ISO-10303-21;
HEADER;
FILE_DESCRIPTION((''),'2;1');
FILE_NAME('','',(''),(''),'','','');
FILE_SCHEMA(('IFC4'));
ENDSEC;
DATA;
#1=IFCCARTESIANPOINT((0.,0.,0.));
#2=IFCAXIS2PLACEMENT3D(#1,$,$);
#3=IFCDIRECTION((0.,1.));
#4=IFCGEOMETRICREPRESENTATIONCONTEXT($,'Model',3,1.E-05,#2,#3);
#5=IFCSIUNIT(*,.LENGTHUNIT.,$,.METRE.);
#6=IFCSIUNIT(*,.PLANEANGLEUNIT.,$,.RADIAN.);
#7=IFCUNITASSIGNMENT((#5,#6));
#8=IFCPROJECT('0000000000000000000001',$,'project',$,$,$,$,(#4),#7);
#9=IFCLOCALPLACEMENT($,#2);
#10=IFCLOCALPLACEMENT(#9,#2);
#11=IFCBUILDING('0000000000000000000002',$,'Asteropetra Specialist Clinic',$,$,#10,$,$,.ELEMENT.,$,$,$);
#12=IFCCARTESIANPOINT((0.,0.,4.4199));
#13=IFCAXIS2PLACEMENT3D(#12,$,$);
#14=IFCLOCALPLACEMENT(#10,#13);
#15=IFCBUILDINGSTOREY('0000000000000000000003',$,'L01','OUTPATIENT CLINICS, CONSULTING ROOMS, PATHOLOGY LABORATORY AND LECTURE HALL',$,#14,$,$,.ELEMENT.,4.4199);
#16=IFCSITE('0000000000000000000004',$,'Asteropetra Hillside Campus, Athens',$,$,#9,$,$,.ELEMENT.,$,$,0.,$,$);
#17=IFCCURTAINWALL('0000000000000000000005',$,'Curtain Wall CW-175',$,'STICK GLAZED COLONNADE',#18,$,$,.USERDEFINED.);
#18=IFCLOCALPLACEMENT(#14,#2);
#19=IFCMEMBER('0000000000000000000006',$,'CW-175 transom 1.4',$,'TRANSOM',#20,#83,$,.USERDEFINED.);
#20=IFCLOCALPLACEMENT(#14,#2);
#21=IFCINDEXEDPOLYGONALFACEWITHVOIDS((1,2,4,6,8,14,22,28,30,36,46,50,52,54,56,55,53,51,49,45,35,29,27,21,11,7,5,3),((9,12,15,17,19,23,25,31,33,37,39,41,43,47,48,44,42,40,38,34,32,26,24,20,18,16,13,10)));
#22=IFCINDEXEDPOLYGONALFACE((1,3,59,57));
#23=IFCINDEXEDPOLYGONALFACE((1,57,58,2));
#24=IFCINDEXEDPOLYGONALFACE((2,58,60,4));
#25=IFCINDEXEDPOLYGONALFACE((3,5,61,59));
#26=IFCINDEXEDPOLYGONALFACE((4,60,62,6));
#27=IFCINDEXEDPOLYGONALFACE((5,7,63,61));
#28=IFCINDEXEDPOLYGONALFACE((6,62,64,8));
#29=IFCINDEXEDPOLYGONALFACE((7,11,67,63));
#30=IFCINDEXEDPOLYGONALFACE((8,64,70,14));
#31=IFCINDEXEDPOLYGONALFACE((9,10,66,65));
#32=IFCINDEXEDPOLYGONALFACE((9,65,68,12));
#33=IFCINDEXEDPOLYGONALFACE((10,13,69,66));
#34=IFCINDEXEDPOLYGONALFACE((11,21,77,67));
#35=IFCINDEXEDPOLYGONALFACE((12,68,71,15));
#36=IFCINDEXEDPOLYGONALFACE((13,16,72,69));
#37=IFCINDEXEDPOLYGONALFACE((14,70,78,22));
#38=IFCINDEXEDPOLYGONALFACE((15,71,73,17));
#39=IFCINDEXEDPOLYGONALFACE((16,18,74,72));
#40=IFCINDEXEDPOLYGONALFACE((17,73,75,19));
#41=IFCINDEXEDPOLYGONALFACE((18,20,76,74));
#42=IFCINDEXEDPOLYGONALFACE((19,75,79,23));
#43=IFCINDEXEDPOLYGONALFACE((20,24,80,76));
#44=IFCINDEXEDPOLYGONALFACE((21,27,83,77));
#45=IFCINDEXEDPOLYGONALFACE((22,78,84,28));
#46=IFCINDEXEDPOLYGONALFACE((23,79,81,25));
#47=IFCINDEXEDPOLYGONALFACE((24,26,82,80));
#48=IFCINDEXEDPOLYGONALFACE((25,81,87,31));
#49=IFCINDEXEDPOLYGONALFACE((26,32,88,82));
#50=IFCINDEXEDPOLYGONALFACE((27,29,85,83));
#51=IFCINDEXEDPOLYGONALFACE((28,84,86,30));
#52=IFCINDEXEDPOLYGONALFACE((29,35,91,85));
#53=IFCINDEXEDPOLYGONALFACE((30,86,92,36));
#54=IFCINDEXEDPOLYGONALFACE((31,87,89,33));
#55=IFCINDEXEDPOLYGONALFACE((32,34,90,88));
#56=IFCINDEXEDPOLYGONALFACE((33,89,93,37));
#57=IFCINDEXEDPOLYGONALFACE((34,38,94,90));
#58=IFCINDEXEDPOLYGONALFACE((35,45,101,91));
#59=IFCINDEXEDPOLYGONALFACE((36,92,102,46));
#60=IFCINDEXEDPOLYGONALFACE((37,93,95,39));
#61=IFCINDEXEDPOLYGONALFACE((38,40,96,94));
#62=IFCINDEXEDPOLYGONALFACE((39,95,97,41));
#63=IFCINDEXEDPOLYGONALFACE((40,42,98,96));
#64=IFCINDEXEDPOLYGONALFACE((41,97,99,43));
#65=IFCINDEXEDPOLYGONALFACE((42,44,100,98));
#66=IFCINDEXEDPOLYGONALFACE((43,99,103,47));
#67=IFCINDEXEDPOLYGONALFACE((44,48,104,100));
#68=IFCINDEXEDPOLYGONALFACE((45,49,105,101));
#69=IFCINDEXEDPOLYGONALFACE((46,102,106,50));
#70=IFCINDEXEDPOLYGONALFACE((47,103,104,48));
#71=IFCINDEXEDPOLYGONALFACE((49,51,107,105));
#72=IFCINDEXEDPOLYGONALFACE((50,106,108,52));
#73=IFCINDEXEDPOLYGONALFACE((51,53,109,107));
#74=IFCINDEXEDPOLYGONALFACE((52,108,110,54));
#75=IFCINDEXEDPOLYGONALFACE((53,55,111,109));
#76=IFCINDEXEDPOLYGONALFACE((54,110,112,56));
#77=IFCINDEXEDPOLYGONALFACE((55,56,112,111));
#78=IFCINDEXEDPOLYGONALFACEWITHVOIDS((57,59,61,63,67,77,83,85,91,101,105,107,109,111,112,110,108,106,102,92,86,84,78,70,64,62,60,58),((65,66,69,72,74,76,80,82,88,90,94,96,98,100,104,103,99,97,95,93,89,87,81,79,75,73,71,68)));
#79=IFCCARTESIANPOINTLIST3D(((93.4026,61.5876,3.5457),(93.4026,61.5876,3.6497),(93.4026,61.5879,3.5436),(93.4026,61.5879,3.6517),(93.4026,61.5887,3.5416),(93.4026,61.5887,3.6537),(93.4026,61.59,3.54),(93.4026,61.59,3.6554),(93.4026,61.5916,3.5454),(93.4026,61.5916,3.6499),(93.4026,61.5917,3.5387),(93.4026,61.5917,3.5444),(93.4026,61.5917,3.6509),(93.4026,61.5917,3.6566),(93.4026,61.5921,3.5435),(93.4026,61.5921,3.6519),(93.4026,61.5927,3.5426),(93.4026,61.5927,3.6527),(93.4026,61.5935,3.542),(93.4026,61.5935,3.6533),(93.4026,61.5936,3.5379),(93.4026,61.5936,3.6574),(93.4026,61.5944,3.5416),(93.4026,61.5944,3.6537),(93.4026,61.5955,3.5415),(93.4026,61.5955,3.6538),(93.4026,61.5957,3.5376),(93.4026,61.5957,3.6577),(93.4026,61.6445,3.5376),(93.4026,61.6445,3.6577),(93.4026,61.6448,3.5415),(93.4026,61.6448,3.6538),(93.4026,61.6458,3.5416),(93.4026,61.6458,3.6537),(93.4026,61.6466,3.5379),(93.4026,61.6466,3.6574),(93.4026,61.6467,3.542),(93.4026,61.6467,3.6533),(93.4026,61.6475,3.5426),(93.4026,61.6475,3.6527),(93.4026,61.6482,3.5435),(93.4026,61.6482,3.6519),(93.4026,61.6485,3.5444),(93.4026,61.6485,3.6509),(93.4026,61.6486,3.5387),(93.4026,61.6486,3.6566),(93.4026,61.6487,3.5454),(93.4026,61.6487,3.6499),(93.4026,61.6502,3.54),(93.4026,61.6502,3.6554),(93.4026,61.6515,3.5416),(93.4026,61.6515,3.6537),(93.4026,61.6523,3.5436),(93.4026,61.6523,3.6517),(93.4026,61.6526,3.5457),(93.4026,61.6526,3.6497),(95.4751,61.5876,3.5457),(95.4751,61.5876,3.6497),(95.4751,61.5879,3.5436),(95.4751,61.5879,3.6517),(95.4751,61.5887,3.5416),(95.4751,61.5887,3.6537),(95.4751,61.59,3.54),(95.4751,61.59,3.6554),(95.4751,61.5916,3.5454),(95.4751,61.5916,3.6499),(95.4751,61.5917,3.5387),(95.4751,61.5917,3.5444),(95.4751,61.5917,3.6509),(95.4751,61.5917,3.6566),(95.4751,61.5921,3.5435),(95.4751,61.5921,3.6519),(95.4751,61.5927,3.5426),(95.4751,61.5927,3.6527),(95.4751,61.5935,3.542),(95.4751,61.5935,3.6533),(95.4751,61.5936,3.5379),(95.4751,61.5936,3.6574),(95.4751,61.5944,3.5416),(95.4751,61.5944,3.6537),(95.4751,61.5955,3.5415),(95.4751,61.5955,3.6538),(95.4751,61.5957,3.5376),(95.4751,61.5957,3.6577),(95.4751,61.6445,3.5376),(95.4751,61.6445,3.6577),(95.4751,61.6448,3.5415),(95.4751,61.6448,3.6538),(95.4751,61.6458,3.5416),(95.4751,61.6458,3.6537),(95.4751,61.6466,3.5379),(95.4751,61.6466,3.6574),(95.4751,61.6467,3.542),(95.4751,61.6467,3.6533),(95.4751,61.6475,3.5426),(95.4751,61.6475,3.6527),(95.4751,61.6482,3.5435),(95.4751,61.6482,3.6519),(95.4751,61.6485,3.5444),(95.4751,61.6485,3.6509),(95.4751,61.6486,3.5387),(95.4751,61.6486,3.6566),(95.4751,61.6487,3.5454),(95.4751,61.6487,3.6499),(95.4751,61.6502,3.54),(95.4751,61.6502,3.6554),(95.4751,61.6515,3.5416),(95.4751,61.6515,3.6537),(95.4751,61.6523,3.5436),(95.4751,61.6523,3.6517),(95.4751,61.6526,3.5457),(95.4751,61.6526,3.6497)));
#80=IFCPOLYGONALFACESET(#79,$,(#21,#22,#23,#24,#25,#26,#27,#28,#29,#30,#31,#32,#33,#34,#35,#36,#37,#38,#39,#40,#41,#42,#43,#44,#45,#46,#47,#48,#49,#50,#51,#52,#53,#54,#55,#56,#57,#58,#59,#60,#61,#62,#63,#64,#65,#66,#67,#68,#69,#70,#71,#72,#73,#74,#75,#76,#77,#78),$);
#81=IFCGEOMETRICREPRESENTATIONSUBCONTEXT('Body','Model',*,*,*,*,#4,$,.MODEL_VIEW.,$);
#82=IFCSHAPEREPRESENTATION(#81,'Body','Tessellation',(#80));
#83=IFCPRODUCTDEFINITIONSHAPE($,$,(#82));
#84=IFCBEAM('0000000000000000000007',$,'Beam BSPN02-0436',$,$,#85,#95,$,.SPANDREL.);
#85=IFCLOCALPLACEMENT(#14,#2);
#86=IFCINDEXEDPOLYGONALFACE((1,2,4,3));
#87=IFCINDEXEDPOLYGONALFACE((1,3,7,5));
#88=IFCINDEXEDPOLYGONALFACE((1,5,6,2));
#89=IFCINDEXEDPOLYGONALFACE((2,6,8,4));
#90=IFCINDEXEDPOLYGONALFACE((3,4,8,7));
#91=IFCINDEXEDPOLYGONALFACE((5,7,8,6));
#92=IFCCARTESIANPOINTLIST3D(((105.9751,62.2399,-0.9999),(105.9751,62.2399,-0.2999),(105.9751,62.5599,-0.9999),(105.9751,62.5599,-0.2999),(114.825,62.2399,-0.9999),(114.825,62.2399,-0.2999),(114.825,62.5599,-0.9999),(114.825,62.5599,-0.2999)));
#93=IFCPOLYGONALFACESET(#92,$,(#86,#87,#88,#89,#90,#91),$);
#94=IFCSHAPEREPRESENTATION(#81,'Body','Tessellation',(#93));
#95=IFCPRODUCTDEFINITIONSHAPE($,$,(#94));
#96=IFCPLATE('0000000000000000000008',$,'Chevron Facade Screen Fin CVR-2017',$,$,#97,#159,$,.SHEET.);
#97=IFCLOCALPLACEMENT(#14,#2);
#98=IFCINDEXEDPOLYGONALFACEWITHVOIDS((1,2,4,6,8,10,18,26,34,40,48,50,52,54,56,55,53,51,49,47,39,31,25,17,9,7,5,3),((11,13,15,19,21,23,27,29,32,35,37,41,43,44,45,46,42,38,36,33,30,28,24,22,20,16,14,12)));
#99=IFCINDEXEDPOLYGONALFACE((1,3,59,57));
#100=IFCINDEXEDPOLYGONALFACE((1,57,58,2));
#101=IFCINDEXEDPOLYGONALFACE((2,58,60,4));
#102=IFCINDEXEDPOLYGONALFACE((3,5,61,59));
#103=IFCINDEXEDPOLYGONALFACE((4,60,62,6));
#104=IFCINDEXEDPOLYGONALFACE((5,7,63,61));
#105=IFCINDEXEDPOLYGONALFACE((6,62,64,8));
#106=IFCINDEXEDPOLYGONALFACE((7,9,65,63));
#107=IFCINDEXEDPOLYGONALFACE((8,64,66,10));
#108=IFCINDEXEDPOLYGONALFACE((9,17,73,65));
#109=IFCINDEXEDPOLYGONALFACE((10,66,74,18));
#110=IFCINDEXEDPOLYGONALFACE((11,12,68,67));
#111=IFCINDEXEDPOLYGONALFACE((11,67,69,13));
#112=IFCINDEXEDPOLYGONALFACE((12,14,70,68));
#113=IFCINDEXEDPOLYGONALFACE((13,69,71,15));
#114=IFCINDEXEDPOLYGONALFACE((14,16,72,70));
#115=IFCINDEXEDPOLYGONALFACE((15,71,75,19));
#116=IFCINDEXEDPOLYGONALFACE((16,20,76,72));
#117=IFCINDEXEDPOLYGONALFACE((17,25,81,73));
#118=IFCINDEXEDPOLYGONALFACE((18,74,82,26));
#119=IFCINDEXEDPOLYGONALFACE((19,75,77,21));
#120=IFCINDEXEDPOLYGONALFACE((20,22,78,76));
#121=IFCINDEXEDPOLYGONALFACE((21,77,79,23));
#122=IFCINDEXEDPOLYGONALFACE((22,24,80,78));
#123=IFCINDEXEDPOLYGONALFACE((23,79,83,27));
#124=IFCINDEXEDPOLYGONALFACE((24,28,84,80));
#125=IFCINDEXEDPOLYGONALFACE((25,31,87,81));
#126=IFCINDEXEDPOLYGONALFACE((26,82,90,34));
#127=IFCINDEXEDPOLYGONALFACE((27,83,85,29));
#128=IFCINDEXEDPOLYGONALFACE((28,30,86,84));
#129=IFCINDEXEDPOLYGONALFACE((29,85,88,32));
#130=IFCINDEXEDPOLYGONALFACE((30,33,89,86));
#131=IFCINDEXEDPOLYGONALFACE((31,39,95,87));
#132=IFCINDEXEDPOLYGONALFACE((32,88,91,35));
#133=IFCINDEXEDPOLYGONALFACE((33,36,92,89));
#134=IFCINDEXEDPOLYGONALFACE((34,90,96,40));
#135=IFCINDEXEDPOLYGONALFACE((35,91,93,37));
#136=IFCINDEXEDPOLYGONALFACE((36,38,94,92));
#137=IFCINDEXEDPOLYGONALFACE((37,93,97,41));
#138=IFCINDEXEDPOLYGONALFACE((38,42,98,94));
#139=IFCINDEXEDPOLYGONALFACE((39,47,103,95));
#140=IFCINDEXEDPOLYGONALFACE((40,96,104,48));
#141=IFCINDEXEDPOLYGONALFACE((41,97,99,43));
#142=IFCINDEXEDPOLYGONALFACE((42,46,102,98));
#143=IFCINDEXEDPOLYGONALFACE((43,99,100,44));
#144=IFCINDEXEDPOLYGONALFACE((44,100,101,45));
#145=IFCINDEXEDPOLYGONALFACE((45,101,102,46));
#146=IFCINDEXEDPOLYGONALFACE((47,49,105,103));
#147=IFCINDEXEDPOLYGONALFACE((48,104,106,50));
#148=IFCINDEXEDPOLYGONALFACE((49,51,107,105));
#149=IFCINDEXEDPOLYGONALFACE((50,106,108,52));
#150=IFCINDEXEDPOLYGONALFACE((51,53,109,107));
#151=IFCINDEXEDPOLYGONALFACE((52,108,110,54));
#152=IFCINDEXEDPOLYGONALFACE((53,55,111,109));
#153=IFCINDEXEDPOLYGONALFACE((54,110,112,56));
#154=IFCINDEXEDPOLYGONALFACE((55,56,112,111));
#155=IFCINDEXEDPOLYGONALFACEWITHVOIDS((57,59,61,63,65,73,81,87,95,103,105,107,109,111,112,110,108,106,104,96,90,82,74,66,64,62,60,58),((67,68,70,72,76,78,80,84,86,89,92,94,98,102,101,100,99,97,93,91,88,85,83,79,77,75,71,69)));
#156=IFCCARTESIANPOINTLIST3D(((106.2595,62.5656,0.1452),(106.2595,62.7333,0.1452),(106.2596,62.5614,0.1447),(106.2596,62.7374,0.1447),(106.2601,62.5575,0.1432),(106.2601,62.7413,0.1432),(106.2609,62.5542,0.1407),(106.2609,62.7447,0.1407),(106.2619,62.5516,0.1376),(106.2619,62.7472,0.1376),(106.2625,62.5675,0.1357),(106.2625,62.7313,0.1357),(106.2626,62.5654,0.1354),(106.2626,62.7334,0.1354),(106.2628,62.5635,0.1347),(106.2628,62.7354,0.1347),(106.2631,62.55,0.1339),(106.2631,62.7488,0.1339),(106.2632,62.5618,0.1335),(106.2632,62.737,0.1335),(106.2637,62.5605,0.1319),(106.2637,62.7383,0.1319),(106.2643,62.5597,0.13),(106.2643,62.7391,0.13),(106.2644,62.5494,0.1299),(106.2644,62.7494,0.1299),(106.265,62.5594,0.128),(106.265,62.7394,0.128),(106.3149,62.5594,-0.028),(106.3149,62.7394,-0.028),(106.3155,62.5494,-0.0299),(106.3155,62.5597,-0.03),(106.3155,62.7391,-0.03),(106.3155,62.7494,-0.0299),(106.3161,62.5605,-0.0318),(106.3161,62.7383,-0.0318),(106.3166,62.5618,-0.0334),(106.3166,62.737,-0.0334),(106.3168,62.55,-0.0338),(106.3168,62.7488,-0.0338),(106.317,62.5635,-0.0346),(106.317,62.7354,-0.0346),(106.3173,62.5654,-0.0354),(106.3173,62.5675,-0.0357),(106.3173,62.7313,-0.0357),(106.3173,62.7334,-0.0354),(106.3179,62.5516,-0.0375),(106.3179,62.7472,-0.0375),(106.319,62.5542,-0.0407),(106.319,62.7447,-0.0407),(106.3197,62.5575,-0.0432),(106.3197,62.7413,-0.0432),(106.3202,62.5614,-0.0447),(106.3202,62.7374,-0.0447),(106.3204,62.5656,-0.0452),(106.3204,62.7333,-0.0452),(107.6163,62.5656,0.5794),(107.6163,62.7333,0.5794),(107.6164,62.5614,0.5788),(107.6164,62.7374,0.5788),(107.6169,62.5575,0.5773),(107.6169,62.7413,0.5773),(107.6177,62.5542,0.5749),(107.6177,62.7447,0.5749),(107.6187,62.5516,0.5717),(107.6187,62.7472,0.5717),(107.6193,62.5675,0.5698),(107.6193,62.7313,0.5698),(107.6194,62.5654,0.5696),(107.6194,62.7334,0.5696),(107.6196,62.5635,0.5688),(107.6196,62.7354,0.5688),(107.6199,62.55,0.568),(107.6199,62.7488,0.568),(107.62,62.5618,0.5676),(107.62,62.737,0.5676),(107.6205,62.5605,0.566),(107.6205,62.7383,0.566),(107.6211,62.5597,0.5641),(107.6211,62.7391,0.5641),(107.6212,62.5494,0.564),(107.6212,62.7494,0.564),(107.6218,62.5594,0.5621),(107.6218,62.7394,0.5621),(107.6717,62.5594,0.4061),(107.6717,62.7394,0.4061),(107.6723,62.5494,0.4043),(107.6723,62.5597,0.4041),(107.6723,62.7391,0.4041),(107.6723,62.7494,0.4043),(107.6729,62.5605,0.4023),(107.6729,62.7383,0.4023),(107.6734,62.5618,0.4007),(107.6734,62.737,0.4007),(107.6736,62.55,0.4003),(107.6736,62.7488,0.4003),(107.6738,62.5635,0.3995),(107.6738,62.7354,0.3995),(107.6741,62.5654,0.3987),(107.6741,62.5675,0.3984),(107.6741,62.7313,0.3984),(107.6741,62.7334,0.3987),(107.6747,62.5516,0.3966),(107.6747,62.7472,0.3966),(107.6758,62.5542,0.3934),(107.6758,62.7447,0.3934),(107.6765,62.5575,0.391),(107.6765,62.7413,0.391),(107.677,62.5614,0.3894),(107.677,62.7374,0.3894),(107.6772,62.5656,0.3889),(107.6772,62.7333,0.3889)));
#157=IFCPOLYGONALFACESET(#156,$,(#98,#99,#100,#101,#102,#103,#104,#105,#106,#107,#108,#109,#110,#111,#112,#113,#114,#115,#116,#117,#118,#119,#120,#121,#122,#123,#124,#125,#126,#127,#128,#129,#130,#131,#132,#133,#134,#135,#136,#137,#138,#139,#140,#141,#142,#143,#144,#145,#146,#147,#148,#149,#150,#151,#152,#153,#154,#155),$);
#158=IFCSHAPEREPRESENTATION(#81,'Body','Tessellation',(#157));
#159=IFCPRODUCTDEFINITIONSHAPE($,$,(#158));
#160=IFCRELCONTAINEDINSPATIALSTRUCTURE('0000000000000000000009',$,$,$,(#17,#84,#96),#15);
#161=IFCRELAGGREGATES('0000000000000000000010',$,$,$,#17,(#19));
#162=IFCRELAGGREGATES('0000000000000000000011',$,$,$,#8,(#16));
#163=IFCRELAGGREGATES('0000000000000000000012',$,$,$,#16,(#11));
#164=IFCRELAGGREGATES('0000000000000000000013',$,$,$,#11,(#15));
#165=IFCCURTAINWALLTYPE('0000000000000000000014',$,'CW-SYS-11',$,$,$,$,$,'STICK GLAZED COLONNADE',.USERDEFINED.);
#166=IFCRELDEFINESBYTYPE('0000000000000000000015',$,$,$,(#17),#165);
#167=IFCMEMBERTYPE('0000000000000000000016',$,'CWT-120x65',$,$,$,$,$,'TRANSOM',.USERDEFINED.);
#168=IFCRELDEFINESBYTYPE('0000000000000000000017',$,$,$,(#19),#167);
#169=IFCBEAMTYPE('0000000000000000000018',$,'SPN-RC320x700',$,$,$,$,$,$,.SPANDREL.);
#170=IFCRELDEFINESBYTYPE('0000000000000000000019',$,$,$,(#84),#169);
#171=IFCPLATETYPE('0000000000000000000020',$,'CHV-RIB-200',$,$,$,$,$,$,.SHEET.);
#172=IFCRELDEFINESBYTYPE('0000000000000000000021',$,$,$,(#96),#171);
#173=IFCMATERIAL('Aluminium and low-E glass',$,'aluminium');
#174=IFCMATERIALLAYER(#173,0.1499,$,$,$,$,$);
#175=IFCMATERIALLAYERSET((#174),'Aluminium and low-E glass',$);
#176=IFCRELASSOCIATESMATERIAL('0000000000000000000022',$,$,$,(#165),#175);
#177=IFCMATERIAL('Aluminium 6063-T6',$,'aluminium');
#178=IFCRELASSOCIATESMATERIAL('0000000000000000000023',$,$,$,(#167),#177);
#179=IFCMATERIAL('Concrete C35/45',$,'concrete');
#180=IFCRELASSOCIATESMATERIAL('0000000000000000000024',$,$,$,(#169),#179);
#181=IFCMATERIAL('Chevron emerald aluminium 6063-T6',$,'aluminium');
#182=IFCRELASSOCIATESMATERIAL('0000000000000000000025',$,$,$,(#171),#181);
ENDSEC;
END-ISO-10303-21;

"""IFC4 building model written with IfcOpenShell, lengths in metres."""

from ifc_helpers import new_model, si_unit, direction, frame, origin, origin_2d, place, context, subcontext, project, spatial, rectangle, hollow_rectangle, extrude, material, layer, layer_set, material_profile, profile_set, type_object, element, aggregate, save


model = new_model("IFC4")

# Units and contexts
model_context = context("Model", 3, precision=1e-05, world=origin(), true_north=direction((0.0, 1.0)))
body_context = subcontext(model_context, "Body", "Model", "MODEL_VIEW")
ifc_project = project(units=[si_unit("LENGTHUNIT", "METRE"), si_unit("PLANEANGLEUNIT", "RADIAN")], contexts=[model_context])

# Site, building, storey
site_placement = place(None, origin())
site = spatial("IfcSite", under=ifc_project, at=site_placement, Name="Asteropetra Hillside Campus, Athens", CompositionType="ELEMENT", RefElevation=0.0)
building_placement = place(site_placement, origin())
building = spatial("IfcBuilding", under=site, at=building_placement, Name="Asteropetra Specialist Clinic", CompositionType="ELEMENT")
storey_placement = place(building_placement, frame((0.0, 0.0, 4.4199)))
storey = spatial("IfcBuildingStorey", under=building, at=storey_placement, Name="L01", Description="OUTPATIENT CLINICS, CONSULTING ROOMS, PATHOLOGY LABORATORY AND LECTURE HALL", CompositionType="ELEMENT", Elevation=4.4199)

# Curtain wall, member
ifc_material_1 = material(Name="Aluminium and low-E glass", Category="aluminium")
ifc_layer_1 = layer(ifc_material_1, 0.1499)
ifc_layer_set_1 = layer_set([ifc_layer_1], Name="Aluminium and low-E glass")
curtain_wall_type = type_object("IfcCurtainWallType", Name="CW-SYS-11", ElementType="STICK GLAZED COLONNADE", PredefinedType="USERDEFINED", material=ifc_layer_set_1)
curtain_wall_placement = place(storey_placement, origin())
curtain_wall = element("IfcCurtainWall", 1, at=curtain_wall_placement, inside=storey, type_object=curtain_wall_type, Name="Curtain Wall CW-175", ObjectType="STICK GLAZED COLONNADE", PredefinedType="USERDEFINED")
ifc_material_2 = material(Name="Aluminium 6063-T6", Category="aluminium")
ifc_material_profile_1 = material_profile(ifc_material_2, hollow_rectangle(XDim=0.0649, YDim=0.1201, WallThickness=0.0039, InnerFilletRadius=0.0039, OuterFilletRadius=0.0081, at=origin_2d()), Name="TRN 120x65x4.0")
ifc_profile_set_1 = profile_set([ifc_material_profile_1], Name="Aluminium 6063-T6")
member_type_1 = type_object("IfcMemberType", Name="CWT-120x65", ElementType="TRANSOM", PredefinedType="USERDEFINED", material=ifc_profile_set_1)
member_1_placement = place(storey_placement, frame((95.4751, 61.6201, 3.5977), z_axis=(-1.0, 0.0, 0.0), x_axis=(0.0, -1.0, 0.0)))
member_1 = element("IfcMember", 2, at=member_1_placement, type_object=member_type_1, Name="CW-175 transom 1.4", ObjectType="TRANSOM", PredefinedType="USERDEFINED", context=body_context, shape_type="SweptSolid", body=[
    extrude(hollow_rectangle(XDim=0.0649, YDim=0.1201, WallThickness=0.0039, InnerFilletRadius=0.0039, OuterFilletRadius=0.0081, at=origin_2d()), origin(), (0.0, 0.0, 1.0), 2.0725),
])
aggregate(curtain_wall, [member_1])

# Beam
ifc_material_3 = material(Name="Concrete C35/45", Category="concrete")
ifc_material_profile_2 = material_profile(ifc_material_3, rectangle(XDim=0.3201, YDim=0.7, at=origin_2d()), Name="RCS 320x700")
ifc_profile_set_2 = profile_set([ifc_material_profile_2], Name="Concrete C35/45")
beam_type = type_object("IfcBeamType", Name="SPN-RC320x700", PredefinedType="SPANDREL", material=ifc_profile_set_2)
beam_placement = place(storey_placement, frame((105.9751, 62.3999, -0.6499), z_axis=(1.0, 0.0, 0.0), x_axis=(0.0, 1.0, 0.0)))
element("IfcBeam", 3, at=beam_placement, inside=storey, type_object=beam_type, Name="Beam BSPN02-0436", PredefinedType="SPANDREL", context=body_context, shape_type="SweptSolid", body=[
    extrude(rectangle(XDim=0.3201, YDim=0.7, at=origin_2d()), origin(), (0.0, 0.0, 1.0), 8.8499),
])

# Plate
ifc_material_4 = material(Name="Chevron emerald aluminium 6063-T6", Category="aluminium")
ifc_material_profile_3 = material_profile(ifc_material_4, hollow_rectangle(XDim=0.2, YDim=0.2, WallThickness=0.01, InnerFilletRadius=0.0081, OuterFilletRadius=0.0161, at=origin_2d()), Name="SHS 200x200x10.0")
ifc_profile_set_3 = profile_set([ifc_material_profile_3], Name="Chevron emerald aluminium 6063-T6")
plate_type = type_object("IfcPlateType", Name="CHV-RIB-200", PredefinedType="SHEET", material=ifc_profile_set_3)
for number, where, z_axis, x_axis, name in (
    (4, (107.6467, 62.6494, 0.4841), (-0.952436, 0.0, -0.304738), (0.0, -1.0, 0.0), "Chevron Facade Screen Fin CVR-2017"),
):
    element("IfcPlate", number, at=place(storey_placement, frame(where, z_axis=z_axis, x_axis=x_axis)), inside=storey, type_object=plate_type, Name=name, PredefinedType="SHEET", context=body_context, shape_type="SweptSolid", body=[
        extrude(hollow_rectangle(XDim=0.2, YDim=0.2, WallThickness=0.01, InnerFilletRadius=0.0081, OuterFilletRadius=0.0161, at=origin_2d()), origin(), (0.0, 0.0, 1.0), 1.4246),
    ])

save(model, "model.ifc")
